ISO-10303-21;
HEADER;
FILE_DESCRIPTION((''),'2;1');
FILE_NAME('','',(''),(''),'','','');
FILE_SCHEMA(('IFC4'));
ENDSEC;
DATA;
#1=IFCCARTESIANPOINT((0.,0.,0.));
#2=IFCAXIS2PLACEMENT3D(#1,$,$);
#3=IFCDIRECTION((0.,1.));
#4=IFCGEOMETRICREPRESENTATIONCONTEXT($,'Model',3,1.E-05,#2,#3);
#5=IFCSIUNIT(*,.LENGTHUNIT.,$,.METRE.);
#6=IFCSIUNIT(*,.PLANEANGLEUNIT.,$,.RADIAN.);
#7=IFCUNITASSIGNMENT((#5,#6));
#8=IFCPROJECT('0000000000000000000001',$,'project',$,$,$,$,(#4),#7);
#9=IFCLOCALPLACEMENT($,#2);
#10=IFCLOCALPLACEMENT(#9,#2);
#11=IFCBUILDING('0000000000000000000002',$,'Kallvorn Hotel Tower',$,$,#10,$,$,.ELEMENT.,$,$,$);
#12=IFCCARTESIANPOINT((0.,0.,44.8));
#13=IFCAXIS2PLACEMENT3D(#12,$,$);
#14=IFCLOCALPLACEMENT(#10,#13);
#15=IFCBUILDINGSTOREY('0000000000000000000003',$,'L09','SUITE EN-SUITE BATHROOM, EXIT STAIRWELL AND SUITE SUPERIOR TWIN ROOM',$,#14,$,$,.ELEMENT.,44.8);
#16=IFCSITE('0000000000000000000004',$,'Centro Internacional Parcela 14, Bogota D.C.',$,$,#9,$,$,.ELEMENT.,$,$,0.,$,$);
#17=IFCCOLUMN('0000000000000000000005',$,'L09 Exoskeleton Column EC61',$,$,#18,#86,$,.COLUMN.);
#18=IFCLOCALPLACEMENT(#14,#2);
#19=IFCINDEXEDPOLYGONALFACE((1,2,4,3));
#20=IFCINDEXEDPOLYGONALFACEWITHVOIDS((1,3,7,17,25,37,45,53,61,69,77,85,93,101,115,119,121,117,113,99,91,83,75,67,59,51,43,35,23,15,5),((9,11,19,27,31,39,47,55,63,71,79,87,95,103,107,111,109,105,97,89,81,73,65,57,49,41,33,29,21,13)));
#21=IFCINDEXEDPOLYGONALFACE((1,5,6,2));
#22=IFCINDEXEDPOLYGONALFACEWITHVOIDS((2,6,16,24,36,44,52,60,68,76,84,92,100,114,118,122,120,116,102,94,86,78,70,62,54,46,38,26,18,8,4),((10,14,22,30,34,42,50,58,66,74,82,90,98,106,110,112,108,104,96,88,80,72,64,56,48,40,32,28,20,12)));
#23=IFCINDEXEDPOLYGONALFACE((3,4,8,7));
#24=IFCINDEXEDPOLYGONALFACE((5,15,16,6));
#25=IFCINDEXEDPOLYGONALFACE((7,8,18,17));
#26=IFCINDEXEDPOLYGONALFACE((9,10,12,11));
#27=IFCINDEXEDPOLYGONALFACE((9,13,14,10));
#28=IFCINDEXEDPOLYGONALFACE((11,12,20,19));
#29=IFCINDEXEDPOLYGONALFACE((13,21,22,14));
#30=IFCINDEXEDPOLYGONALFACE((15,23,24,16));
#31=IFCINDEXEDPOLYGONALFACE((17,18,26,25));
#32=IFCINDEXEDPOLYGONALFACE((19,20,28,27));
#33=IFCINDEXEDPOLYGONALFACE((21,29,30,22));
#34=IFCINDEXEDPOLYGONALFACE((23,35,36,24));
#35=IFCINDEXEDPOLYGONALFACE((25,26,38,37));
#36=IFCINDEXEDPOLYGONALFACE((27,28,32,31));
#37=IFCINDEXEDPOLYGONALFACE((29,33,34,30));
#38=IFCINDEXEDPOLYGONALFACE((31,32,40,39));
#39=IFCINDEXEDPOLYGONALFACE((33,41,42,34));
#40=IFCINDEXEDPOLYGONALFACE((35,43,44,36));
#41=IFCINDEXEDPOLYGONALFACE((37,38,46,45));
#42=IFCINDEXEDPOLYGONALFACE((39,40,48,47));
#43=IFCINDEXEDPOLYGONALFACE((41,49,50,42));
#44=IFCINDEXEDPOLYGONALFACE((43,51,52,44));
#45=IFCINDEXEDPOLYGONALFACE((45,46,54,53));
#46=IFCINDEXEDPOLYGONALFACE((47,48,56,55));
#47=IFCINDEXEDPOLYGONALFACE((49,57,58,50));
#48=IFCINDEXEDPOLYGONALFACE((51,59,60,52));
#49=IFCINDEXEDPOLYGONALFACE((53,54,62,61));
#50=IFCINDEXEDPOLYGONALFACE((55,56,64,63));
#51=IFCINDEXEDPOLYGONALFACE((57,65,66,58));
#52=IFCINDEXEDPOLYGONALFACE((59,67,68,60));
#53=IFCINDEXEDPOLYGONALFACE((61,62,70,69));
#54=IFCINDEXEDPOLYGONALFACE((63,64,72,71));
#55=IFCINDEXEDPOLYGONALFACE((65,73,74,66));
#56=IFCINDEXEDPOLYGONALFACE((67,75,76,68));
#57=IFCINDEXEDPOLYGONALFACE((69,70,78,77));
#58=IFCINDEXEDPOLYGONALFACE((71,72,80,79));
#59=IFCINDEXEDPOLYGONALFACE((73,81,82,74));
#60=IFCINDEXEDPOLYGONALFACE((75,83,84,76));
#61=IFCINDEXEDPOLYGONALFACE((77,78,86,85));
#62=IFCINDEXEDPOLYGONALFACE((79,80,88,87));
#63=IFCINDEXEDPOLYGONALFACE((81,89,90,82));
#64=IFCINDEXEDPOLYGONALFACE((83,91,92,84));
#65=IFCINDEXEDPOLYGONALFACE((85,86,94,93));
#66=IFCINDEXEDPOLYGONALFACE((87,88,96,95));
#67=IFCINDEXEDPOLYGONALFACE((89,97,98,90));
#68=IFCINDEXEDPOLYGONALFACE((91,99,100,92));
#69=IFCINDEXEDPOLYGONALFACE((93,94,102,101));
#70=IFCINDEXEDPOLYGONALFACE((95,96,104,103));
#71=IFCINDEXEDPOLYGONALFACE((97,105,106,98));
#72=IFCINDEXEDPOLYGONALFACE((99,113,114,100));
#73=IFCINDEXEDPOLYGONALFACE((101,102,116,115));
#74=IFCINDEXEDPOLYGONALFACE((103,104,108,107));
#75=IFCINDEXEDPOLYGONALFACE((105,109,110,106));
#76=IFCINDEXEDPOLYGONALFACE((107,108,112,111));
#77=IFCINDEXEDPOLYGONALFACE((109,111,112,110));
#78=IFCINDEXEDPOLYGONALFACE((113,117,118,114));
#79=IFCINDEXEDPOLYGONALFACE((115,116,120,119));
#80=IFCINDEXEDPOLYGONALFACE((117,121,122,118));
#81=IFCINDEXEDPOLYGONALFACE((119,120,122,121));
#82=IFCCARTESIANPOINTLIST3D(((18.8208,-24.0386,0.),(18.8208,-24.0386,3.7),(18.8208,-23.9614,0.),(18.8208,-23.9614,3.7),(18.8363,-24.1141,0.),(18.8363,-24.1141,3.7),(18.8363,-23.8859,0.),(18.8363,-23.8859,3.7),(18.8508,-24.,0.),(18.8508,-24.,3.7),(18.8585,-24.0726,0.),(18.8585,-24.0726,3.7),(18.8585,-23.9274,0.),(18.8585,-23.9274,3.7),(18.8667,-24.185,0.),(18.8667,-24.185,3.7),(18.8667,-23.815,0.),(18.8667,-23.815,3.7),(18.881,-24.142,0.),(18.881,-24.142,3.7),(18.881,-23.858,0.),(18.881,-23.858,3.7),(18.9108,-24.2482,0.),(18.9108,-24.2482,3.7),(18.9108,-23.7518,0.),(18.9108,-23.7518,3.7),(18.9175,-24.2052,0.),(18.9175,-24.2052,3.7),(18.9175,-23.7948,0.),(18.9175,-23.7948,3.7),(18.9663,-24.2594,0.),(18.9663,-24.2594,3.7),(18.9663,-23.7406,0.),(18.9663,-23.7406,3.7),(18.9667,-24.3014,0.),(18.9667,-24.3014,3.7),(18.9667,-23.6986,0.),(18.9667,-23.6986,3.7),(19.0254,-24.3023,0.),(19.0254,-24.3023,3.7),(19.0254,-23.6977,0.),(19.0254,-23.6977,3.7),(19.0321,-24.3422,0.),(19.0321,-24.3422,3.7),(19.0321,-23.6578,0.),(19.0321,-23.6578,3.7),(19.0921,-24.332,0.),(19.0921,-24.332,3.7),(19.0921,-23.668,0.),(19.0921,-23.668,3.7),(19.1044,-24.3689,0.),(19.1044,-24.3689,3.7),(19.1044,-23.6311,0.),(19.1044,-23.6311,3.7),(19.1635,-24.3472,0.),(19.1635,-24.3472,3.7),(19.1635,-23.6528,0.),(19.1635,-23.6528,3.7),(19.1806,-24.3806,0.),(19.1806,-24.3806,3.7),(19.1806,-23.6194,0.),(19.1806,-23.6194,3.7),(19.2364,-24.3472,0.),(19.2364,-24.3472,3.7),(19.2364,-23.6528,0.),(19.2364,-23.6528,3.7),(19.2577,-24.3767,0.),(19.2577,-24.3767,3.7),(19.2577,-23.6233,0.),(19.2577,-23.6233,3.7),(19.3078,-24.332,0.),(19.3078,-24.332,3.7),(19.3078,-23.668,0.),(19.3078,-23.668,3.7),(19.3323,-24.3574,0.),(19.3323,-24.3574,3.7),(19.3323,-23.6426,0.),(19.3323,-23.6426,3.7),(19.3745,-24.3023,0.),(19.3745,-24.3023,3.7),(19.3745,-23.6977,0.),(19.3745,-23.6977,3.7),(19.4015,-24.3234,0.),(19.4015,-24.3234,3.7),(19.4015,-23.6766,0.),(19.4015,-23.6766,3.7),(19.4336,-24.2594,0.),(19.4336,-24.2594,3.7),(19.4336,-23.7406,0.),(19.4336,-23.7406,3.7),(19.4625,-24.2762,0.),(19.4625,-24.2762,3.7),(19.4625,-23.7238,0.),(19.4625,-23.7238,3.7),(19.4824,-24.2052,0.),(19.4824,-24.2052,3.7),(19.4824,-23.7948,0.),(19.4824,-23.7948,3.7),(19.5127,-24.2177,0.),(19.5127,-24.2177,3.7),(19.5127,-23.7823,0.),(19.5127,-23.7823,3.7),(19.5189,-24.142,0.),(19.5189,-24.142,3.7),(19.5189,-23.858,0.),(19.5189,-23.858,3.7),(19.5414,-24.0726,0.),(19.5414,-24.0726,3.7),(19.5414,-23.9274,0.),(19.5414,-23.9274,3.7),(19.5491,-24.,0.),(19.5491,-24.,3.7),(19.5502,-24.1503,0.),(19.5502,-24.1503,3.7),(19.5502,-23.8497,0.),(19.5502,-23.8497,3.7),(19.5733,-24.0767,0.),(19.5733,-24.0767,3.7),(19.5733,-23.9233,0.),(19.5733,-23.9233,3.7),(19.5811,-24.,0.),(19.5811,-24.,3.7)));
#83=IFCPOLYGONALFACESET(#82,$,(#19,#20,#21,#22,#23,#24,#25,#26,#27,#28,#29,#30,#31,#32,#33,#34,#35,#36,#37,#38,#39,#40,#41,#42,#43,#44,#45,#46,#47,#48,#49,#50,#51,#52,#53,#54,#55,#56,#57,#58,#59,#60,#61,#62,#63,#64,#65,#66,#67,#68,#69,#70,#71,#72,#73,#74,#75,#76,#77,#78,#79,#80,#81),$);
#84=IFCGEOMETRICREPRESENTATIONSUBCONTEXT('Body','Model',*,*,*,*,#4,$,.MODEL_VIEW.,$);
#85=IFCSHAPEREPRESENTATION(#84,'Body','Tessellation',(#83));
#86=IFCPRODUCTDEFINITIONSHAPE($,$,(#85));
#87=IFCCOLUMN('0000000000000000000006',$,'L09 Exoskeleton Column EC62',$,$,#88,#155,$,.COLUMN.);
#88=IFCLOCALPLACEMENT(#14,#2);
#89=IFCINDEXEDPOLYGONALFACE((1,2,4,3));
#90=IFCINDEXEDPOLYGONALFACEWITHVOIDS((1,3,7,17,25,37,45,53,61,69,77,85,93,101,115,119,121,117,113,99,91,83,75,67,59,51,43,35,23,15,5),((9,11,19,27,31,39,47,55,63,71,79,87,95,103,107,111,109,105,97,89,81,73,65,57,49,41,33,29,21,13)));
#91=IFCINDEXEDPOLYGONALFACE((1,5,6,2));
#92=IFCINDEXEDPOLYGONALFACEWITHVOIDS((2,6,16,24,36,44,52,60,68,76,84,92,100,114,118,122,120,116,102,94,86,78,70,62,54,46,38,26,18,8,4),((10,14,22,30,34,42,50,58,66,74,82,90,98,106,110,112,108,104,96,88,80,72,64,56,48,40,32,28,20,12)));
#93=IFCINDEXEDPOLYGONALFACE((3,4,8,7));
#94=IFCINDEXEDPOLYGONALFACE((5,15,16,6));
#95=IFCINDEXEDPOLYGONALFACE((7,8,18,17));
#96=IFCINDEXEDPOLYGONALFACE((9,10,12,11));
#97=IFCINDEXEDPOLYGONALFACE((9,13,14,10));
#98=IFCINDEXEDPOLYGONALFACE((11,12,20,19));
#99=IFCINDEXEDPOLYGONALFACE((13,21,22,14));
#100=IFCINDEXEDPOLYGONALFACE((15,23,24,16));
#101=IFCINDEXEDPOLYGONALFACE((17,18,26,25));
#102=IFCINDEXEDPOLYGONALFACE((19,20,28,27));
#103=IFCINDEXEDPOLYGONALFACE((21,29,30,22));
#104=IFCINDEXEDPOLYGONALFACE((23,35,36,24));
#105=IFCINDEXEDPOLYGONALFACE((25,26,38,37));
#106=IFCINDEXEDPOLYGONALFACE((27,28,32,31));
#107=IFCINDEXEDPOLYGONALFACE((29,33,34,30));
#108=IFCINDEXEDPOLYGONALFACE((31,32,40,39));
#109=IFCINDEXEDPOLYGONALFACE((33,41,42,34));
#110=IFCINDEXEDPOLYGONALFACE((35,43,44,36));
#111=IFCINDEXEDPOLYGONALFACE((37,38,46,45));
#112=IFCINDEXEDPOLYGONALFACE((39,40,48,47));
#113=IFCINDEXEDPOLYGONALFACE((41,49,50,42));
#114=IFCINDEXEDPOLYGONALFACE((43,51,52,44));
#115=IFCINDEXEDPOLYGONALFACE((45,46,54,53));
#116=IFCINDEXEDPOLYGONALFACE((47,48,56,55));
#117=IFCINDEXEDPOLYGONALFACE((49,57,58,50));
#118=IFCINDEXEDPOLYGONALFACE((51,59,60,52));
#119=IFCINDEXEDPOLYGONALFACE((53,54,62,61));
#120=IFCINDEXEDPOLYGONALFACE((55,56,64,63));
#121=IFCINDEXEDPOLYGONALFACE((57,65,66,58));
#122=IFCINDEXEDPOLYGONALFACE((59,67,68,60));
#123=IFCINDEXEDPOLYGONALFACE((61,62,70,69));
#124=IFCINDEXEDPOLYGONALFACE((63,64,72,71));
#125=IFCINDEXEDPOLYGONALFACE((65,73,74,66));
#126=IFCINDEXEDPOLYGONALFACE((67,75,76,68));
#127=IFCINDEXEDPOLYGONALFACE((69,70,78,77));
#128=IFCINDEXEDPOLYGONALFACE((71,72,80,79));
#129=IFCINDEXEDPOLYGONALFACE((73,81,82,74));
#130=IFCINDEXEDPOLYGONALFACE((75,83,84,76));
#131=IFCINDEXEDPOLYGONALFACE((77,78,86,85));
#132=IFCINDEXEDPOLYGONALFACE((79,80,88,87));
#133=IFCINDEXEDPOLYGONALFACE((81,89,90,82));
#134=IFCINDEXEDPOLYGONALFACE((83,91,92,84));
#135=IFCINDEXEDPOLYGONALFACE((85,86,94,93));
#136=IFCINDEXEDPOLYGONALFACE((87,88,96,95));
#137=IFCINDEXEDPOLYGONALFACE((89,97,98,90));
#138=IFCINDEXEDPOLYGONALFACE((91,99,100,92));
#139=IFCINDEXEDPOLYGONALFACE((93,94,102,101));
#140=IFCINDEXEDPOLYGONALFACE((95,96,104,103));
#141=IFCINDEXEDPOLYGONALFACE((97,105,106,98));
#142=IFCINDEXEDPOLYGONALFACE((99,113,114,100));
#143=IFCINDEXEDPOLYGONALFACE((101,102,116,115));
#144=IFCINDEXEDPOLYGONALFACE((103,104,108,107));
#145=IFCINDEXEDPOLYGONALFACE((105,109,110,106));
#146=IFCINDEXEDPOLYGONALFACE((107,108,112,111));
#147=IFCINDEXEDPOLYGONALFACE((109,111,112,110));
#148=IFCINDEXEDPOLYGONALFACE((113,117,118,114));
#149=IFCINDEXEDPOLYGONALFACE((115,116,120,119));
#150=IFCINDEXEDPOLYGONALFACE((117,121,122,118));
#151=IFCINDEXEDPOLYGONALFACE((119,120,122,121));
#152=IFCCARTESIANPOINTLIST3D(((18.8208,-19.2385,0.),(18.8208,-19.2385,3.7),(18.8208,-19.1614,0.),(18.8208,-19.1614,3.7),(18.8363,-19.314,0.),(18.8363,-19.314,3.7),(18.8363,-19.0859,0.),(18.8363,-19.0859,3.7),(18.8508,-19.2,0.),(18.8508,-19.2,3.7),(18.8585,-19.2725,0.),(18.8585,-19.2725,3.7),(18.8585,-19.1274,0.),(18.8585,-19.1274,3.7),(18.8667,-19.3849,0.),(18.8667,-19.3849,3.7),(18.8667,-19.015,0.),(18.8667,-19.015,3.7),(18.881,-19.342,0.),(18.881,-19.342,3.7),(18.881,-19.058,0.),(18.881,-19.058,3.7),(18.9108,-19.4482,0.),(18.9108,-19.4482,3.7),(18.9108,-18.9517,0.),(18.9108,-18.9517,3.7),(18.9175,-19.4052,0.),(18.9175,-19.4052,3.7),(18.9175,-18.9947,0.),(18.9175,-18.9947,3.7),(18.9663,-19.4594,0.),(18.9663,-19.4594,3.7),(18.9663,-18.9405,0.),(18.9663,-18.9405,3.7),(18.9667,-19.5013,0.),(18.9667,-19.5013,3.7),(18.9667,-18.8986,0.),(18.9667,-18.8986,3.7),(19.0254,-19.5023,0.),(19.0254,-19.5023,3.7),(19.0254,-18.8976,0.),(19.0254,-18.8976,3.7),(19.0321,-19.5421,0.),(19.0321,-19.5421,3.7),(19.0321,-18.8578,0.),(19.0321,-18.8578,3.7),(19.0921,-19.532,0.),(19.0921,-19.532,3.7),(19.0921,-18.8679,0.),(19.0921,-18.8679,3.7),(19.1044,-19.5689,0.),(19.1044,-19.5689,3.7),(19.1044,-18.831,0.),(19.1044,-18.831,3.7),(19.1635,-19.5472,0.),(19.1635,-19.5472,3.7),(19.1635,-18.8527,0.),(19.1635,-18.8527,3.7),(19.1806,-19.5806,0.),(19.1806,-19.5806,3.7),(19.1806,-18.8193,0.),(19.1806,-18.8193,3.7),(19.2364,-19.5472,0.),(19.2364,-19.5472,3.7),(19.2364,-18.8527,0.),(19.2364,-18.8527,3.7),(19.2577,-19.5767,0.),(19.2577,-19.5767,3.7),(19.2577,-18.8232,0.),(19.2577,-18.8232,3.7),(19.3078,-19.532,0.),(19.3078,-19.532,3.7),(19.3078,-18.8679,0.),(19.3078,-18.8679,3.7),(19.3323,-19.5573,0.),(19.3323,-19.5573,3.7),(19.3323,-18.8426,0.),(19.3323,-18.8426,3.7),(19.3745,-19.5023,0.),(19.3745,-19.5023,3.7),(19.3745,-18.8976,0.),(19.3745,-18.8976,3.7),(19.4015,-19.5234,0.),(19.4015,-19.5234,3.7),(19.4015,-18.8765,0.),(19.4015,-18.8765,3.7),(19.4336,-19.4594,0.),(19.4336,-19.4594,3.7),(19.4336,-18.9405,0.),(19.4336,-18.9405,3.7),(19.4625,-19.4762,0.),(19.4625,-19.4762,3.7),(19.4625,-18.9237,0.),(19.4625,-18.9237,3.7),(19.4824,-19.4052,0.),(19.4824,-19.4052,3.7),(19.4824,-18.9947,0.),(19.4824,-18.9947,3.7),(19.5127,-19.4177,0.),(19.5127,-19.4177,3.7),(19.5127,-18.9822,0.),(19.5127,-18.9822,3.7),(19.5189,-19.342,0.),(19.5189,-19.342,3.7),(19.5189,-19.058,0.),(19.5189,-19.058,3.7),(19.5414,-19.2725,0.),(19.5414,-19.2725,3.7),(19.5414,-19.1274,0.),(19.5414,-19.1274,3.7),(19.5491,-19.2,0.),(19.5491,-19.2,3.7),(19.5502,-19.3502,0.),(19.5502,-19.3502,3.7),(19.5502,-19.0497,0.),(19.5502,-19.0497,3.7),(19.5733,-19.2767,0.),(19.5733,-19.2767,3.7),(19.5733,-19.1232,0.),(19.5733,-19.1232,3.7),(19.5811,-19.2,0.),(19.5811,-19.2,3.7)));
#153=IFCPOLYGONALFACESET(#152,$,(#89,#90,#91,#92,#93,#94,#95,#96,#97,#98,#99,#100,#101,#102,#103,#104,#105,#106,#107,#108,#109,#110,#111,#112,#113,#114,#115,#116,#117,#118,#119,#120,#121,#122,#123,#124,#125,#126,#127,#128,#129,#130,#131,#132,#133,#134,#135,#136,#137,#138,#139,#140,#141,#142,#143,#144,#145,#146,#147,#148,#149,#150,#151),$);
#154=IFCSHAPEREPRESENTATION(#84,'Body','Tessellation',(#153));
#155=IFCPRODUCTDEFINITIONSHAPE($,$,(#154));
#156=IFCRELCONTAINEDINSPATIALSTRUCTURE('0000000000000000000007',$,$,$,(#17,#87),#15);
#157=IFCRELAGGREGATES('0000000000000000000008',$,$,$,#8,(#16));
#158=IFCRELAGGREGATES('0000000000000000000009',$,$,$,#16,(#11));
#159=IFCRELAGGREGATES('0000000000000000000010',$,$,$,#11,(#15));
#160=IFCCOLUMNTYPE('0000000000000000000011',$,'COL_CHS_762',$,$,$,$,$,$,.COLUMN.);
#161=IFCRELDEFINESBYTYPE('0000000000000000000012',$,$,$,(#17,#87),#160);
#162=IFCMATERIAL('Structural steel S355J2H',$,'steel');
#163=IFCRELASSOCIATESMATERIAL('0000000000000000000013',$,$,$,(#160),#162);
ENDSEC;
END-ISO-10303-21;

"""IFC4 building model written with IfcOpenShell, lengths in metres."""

from ifc_helpers import new_model, si_unit, direction, frame, origin, origin_2d, place, context, subcontext, project, spatial, hollow_circle, extrude, material, material_profile, profile_set, type_object, element, save


model = new_model("IFC4")

# Units and contexts
model_context = context("Model", 3, precision=1e-05, world=origin(), true_north=direction((0.0, 1.0)))
body_context = subcontext(model_context, "Body", "Model", "MODEL_VIEW")
ifc_project = project(units=[si_unit("LENGTHUNIT", "METRE"), si_unit("PLANEANGLEUNIT", "RADIAN")], contexts=[model_context])

# Site, building, storey
site_placement = place(None, origin())
site = spatial("IfcSite", under=ifc_project, at=site_placement, Name="Centro Internacional Parcela 14, Bogota D.C.", CompositionType="ELEMENT", RefElevation=0.0)
building_placement = place(site_placement, origin())
building = spatial("IfcBuilding", under=site, at=building_placement, Name="Kallvorn Hotel Tower", CompositionType="ELEMENT")
storey_placement = place(building_placement, frame((0.0, 0.0, 44.8)))
storey = spatial("IfcBuildingStorey", under=building, at=storey_placement, Name="L09", Description="SUITE EN-SUITE BATHROOM, EXIT STAIRWELL AND SUITE SUPERIOR TWIN ROOM", CompositionType="ELEMENT", Elevation=44.8)

# Columns
ifc_material_1 = material(Name="Structural steel S355J2H", Category="steel")
ifc_material_profile_1 = material_profile(ifc_material_1, hollow_circle(Radius=0.3811, WallThickness=0.032, at=origin_2d()), Name="CHS 762x32")
ifc_profile_set_1 = profile_set([ifc_material_profile_1], Name="Structural steel S355J2H")
column_type = type_object("IfcColumnType", Name="COL_CHS_762", PredefinedType="COLUMN", material=ifc_profile_set_1)
for number, where, z_axis, x_axis, name in (
    (1, (19.2, -24.0, 0.0), (0.0, 0.0, 1.0), (1.0, 0.0, 0.0), "L09 Exoskeleton Column EC61"),
    (2, (19.2, -19.2, 0.0), (0.0, 0.0, 1.0), (1.0, 0.0, 0.0), "L09 Exoskeleton Column EC62"),
):
    element("IfcColumn", number, at=place(storey_placement, frame(where, z_axis=z_axis, x_axis=x_axis)), inside=storey, type_object=column_type, Name=name, PredefinedType="COLUMN", context=body_context, shape_type="SweptSolid", body=[
        extrude(hollow_circle(Radius=0.3811, WallThickness=0.032, at=origin_2d()), origin(), (0.0, 0.0, 1.0), 3.7),
    ])

save(model, "model.ifc")
